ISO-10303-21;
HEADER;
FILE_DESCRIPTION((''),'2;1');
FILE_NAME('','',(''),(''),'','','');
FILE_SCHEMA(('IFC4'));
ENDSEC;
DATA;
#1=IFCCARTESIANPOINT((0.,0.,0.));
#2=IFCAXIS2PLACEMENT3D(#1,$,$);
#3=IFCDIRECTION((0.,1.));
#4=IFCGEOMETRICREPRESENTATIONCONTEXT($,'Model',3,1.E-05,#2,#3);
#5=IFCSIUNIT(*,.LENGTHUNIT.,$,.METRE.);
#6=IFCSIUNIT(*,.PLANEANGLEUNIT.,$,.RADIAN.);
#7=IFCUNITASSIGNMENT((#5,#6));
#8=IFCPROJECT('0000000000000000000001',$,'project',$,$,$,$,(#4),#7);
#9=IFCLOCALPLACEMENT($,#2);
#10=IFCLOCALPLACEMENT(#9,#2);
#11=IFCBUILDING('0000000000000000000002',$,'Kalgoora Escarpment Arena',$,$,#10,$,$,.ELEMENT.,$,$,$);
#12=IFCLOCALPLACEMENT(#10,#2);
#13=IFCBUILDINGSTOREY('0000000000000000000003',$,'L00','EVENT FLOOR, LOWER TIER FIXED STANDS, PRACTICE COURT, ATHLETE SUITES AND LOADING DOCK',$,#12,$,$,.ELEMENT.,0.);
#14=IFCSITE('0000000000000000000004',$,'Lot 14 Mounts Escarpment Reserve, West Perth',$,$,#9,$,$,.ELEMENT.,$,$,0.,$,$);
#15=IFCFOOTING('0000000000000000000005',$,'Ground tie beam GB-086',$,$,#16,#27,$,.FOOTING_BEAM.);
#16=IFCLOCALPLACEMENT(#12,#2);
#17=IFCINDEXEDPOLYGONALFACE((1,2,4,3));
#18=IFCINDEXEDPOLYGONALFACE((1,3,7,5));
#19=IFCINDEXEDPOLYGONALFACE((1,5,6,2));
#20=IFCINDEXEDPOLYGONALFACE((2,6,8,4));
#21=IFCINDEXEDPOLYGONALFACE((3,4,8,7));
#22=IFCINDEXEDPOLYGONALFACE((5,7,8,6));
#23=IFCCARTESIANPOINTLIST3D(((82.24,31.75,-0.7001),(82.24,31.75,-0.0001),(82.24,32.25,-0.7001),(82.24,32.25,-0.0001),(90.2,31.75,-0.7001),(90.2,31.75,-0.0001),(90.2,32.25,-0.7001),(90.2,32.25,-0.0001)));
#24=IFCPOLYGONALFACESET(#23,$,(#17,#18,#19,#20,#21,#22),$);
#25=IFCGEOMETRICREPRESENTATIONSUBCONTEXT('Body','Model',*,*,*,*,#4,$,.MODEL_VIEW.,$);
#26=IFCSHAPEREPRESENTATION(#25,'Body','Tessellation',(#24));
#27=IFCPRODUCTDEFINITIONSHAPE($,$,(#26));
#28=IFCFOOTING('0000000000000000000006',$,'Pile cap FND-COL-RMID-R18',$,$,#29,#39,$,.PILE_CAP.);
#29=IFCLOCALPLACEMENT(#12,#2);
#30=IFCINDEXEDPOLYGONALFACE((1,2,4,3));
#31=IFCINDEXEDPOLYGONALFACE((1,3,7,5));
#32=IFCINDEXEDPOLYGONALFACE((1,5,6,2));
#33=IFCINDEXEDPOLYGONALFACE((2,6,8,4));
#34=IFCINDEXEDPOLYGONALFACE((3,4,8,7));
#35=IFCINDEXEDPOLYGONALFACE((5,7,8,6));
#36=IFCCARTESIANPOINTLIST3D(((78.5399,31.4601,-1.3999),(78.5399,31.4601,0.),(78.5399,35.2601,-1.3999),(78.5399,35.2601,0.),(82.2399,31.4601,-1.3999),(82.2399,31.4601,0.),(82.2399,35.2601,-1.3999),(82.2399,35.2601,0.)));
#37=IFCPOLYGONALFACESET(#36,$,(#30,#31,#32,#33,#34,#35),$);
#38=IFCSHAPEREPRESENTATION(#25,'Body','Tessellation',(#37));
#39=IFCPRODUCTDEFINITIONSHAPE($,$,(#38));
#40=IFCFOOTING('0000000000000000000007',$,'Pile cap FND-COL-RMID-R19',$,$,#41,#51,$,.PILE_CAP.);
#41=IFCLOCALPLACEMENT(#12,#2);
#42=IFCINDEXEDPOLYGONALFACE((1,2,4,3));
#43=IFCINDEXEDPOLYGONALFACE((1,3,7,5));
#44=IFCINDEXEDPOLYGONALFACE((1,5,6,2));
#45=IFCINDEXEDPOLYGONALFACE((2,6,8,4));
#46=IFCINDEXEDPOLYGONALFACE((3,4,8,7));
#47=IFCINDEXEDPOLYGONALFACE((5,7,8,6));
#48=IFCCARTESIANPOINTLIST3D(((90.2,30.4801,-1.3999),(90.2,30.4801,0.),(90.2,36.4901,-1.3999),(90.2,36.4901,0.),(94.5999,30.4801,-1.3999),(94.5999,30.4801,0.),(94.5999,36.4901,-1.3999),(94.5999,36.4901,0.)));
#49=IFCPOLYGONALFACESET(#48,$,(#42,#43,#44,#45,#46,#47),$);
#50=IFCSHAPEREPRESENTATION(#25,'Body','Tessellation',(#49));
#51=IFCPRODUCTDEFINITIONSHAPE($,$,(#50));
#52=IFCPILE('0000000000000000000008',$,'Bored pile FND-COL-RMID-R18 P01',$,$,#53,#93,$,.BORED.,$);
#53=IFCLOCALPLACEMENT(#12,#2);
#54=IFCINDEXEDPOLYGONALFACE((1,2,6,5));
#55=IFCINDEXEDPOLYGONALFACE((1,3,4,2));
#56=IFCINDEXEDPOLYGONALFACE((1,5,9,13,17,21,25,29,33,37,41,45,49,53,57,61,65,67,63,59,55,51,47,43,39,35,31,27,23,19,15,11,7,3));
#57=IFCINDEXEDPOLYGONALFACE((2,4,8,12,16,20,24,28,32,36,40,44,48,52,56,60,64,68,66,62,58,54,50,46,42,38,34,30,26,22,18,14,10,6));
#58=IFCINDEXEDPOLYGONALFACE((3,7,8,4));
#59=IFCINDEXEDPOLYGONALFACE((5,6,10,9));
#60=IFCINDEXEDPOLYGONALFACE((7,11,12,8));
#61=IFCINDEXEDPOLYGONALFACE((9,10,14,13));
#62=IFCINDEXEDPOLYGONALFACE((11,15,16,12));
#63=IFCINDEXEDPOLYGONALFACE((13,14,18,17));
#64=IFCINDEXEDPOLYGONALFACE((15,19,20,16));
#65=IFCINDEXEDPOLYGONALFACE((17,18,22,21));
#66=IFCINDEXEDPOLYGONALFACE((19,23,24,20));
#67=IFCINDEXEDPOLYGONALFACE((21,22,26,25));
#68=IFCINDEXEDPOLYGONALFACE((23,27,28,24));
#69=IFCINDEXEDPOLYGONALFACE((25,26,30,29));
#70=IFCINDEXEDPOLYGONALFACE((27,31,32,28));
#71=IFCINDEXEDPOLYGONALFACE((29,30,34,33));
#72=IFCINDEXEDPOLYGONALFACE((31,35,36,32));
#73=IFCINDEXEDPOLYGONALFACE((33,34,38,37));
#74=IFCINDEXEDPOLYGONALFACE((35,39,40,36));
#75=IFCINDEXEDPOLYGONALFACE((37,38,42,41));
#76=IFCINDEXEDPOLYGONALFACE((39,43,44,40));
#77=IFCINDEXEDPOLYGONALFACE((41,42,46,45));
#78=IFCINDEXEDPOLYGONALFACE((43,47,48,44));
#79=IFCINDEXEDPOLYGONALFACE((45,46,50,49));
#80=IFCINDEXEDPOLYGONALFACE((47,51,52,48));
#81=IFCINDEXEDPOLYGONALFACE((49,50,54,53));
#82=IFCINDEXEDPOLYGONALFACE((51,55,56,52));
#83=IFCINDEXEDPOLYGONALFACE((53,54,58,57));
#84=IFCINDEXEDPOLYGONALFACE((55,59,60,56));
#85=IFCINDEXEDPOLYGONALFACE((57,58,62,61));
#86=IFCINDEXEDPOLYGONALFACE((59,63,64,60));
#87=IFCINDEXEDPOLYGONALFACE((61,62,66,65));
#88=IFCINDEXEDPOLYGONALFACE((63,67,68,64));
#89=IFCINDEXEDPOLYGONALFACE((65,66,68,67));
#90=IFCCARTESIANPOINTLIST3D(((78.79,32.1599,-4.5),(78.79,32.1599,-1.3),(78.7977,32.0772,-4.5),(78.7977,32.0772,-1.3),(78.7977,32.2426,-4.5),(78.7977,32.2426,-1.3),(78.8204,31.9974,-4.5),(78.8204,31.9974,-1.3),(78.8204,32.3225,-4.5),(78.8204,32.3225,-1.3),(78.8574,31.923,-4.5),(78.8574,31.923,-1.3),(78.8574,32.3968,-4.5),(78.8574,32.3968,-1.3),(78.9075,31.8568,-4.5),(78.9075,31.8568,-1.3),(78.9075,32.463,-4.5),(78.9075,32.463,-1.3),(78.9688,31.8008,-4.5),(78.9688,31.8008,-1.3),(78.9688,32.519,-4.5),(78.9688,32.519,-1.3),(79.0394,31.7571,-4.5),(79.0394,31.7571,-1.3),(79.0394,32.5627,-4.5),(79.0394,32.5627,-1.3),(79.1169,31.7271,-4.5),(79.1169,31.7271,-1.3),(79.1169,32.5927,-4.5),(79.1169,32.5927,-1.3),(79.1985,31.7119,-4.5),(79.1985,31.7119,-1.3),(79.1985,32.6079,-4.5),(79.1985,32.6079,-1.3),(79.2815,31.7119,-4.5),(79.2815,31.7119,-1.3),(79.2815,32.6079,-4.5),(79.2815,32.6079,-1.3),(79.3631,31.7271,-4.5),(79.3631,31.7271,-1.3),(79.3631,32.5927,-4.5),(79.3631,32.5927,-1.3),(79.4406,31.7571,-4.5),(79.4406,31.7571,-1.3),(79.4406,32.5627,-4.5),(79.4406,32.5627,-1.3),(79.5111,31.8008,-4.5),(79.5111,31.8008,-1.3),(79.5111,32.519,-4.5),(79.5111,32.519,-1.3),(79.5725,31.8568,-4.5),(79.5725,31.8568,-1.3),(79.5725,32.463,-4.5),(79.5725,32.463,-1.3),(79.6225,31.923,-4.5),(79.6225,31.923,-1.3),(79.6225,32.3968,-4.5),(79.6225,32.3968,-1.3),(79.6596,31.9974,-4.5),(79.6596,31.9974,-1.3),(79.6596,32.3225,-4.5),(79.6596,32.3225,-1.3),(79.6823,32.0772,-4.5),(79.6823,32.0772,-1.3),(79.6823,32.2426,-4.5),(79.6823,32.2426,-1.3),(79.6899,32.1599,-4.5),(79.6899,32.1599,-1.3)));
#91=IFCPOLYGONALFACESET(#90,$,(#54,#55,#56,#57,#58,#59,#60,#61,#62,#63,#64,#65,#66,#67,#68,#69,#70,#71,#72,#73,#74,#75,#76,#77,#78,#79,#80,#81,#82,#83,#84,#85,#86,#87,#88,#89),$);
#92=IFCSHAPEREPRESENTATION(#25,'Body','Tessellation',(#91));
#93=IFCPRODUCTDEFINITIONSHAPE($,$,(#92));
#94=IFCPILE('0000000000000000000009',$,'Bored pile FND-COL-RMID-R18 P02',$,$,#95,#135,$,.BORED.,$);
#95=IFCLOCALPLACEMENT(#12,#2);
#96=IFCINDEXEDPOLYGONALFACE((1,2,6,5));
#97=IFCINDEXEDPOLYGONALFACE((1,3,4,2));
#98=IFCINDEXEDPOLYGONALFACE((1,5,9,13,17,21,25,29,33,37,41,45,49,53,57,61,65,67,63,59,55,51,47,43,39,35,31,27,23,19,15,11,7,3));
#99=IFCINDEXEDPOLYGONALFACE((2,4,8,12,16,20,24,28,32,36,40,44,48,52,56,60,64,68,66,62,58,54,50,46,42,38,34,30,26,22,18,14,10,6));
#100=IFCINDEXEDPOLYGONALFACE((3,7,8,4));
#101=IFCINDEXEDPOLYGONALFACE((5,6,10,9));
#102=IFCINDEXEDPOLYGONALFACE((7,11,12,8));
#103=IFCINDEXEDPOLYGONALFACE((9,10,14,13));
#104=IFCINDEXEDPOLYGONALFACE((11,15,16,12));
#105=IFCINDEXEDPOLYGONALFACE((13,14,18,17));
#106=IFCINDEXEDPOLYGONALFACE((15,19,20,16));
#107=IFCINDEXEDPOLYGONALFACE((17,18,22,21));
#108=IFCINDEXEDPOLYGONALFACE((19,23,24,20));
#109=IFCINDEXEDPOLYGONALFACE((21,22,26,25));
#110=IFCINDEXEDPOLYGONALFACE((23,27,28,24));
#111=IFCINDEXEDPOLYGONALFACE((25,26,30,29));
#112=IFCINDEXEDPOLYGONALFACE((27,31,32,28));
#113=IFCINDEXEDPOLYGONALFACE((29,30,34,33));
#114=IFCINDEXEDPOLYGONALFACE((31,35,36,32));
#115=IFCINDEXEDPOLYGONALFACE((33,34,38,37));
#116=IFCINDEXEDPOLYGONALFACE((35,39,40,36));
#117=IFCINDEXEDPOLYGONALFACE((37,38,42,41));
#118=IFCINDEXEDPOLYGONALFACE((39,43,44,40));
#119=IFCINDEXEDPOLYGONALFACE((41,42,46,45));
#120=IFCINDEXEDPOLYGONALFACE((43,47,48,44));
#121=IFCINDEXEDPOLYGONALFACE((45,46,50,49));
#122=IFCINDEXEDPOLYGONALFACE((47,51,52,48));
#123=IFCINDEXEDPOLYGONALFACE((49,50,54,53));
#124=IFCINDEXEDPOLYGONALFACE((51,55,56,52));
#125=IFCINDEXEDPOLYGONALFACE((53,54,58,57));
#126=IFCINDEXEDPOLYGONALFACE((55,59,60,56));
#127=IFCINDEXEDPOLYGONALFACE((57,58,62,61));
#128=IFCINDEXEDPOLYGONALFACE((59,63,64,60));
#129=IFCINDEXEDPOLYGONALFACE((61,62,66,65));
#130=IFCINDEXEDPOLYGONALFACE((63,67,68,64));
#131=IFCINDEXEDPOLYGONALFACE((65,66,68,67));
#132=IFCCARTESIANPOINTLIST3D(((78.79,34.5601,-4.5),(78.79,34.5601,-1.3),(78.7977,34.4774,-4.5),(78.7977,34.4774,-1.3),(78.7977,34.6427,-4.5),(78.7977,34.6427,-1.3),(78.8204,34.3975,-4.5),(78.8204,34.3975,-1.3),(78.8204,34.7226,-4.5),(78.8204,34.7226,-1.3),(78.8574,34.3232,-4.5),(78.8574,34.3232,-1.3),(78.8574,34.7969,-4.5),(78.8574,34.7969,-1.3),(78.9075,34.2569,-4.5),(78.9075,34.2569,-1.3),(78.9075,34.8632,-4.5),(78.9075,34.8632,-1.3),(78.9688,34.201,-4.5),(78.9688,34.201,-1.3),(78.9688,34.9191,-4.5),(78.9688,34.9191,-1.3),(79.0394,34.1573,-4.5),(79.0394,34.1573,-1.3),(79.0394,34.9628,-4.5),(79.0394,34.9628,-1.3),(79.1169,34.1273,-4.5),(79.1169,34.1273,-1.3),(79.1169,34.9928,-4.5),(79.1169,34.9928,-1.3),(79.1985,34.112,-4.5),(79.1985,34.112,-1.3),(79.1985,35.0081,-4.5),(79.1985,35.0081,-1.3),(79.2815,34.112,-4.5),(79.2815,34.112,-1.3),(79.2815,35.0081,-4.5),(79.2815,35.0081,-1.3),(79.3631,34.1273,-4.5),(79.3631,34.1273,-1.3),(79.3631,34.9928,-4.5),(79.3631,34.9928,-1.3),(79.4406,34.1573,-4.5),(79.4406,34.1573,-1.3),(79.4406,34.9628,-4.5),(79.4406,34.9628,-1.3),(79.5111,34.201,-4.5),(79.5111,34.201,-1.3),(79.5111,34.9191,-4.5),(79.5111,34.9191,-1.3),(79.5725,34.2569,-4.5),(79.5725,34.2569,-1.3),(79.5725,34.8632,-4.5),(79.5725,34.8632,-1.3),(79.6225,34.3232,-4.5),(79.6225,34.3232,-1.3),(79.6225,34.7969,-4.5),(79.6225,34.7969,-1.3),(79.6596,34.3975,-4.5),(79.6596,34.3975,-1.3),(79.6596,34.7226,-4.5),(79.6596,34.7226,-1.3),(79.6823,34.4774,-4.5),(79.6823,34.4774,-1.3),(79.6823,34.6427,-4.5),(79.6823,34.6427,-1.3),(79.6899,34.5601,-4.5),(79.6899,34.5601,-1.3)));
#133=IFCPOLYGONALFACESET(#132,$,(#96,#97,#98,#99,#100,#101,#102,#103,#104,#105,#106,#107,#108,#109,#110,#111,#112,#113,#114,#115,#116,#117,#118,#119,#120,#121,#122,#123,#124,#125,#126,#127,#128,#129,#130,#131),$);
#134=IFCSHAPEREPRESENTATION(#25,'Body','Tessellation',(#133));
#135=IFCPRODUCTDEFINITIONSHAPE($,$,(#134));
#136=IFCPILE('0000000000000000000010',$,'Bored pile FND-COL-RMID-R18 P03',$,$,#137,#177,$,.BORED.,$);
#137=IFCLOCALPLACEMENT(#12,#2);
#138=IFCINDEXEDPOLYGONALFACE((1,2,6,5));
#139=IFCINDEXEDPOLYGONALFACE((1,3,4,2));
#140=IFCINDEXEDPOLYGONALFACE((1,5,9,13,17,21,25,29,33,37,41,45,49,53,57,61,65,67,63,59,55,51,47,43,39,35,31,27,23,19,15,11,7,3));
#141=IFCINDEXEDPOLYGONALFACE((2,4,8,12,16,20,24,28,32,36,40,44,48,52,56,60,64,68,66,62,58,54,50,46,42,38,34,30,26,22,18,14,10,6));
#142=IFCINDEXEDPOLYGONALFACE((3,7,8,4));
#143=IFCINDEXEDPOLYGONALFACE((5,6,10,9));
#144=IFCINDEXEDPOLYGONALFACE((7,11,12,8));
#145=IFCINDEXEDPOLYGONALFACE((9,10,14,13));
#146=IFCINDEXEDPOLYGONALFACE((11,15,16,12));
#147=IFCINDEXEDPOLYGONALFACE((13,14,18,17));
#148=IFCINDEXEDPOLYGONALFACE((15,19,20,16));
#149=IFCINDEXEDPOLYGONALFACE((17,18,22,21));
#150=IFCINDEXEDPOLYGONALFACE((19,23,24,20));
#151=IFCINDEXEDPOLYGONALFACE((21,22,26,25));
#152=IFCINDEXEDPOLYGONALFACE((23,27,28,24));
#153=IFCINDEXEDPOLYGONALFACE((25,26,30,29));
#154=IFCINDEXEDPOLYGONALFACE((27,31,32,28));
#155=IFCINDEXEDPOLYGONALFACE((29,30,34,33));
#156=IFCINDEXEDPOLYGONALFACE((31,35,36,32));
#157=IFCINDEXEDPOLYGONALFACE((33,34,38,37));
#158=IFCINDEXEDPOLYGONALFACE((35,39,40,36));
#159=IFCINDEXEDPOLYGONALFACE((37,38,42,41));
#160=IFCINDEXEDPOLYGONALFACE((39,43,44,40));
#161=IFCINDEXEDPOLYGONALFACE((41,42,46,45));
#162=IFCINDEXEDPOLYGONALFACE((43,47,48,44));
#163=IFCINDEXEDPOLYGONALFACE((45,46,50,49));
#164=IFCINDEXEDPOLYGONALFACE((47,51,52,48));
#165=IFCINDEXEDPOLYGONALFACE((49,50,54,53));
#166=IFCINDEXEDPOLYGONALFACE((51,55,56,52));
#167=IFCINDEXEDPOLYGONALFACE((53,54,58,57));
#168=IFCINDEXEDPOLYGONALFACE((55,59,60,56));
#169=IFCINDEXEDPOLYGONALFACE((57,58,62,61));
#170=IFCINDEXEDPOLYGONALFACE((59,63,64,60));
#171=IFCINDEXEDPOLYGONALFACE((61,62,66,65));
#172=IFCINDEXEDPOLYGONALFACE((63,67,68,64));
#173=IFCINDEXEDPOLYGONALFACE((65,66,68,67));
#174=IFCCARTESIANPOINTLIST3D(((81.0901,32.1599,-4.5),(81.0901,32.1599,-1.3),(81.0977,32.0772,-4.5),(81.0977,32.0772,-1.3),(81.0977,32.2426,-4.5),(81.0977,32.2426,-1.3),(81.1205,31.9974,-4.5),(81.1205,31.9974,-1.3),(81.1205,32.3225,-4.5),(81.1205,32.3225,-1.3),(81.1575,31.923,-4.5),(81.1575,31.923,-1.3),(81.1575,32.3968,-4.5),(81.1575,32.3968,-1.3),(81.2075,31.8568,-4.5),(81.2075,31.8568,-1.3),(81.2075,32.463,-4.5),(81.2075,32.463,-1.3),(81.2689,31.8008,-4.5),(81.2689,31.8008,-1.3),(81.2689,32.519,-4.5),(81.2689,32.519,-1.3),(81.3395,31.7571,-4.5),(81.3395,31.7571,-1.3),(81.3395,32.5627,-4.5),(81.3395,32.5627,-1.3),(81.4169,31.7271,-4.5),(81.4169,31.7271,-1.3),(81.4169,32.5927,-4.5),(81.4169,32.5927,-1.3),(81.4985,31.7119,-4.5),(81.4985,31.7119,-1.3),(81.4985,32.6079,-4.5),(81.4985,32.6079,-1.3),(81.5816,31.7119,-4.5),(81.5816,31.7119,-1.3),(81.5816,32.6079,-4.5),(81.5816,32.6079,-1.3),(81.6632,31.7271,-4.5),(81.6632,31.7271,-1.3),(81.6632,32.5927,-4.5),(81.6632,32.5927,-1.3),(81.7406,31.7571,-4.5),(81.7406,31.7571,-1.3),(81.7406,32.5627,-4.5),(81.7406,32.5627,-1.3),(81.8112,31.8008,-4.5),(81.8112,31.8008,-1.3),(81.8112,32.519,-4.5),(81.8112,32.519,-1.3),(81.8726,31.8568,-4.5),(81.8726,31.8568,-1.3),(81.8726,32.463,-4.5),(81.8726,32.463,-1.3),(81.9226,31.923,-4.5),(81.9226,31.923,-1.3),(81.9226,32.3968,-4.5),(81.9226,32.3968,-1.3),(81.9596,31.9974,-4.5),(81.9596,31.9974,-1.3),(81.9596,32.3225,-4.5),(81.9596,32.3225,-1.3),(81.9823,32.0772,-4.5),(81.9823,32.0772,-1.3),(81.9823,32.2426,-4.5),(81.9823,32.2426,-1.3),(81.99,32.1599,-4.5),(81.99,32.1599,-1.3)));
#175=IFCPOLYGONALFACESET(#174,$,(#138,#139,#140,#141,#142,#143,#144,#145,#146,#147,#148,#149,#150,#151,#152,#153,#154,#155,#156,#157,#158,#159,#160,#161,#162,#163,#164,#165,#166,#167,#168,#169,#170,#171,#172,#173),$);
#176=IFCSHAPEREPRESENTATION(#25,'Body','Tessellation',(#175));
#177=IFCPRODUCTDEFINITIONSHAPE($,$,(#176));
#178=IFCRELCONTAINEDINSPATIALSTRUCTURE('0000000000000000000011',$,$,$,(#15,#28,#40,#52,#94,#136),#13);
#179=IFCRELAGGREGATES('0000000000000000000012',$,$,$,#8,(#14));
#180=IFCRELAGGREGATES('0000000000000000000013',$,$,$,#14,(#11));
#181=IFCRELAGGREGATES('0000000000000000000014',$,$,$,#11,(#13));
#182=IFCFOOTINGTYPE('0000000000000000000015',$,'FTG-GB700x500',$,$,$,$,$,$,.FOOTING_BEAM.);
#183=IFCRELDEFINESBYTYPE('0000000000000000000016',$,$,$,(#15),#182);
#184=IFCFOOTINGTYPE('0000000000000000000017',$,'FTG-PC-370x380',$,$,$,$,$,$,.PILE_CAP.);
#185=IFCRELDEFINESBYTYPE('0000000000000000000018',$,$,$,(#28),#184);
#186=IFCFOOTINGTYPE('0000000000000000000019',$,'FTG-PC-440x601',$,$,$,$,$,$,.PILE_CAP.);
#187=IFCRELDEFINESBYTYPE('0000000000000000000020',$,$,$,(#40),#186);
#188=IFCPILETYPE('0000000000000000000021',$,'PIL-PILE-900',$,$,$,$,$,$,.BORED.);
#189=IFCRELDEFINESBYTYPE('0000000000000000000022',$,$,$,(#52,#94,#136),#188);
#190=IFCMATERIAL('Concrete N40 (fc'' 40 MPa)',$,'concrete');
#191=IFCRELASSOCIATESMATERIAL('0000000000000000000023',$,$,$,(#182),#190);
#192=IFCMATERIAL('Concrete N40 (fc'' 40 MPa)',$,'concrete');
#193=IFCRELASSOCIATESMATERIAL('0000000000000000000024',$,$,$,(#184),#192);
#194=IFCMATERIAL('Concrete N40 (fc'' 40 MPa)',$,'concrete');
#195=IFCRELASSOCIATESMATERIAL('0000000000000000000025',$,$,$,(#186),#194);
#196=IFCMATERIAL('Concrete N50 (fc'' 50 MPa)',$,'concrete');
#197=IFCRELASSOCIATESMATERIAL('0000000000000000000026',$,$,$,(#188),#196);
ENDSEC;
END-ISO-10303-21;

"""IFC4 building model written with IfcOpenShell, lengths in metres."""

from ifc_helpers import new_model, si_unit, direction, frame, origin, origin_2d, place, context, subcontext, project, spatial, rectangle, circle, extrude, material, material_profile, profile_set, type_object, element, save


model = new_model("IFC4")

# Units and contexts
model_context = context("Model", 3, precision=1e-05, world=origin(), true_north=direction((0.0, 1.0)))
body_context = subcontext(model_context, "Body", "Model", "MODEL_VIEW")
ifc_project = project(units=[si_unit("LENGTHUNIT", "METRE"), si_unit("PLANEANGLEUNIT", "RADIAN")], contexts=[model_context])

# Site, building, storey
site_placement = place(None, origin())
site = spatial("IfcSite", under=ifc_project, at=site_placement, Name="Lot 14 Mounts Escarpment Reserve, West Perth", CompositionType="ELEMENT", RefElevation=0.0)
building_placement = place(site_placement, origin())
building = spatial("IfcBuilding", under=site, at=building_placement, Name="Kalgoora Escarpment Arena", CompositionType="ELEMENT")
storey_placement = place(building_placement, origin())
storey = spatial("IfcBuildingStorey", under=building, at=storey_placement, Name="L00", Description="EVENT FLOOR, LOWER TIER FIXED STANDS, PRACTICE COURT, ATHLETE SUITES AND LOADING DOCK", CompositionType="ELEMENT", Elevation=0.0)

# Footings
ifc_material_1 = material(Name="Concrete N40 (fc' 40 MPa)", Category="concrete")
ifc_material_profile_1 = material_profile(ifc_material_1, rectangle(XDim=0.5, YDim=0.7, at=origin_2d()))
ifc_profile_set_1 = profile_set([ifc_material_profile_1], Name="Concrete N40 (fc' 40 MPa)")
footing_type_1 = type_object("IfcFootingType", Name="FTG-GB700x500", PredefinedType="FOOTING_BEAM", material=ifc_profile_set_1)
footing_1_placement = place(storey_placement, frame((82.24, 32.0, -0.3501), z_axis=(1.0, 0.0, 0.0), x_axis=(0.0, 1.0, 0.0)))
element("IfcFooting", 1, at=footing_1_placement, inside=storey, type_object=footing_type_1, Name="Ground tie beam GB-086", PredefinedType="FOOTING_BEAM", context=body_context, shape_type="SweptSolid", body=[
    extrude(rectangle(XDim=0.5, YDim=0.7, at=origin_2d()), origin(), (0.0, 0.0, 1.0), 7.96),
])
ifc_material_2 = material(Name="Concrete N40 (fc' 40 MPa)", Category="concrete")
footing_type_2 = type_object("IfcFootingType", Name="FTG-PC-370x380", PredefinedType="PILE_CAP", material=ifc_material_2)
footing_2_placement = place(storey_placement, frame((80.3899, 33.3601, -1.3999), z_axis=(0.0, 0.0, 1.0), x_axis=(1.0, 0.0, 0.0)))
element("IfcFooting", 2, at=footing_2_placement, inside=storey, type_object=footing_type_2, Name="Pile cap FND-COL-RMID-R18", PredefinedType="PILE_CAP", context=body_context, shape_type="SweptSolid", body=[
    extrude(rectangle(XDim=3.7, YDim=3.8, at=origin_2d()), origin(), (0.0, 0.0, 1.0), 1.3999),
])
ifc_material_3 = material(Name="Concrete N40 (fc' 40 MPa)", Category="concrete")
footing_type_3 = type_object("IfcFootingType", Name="FTG-PC-440x601", PredefinedType="PILE_CAP", material=ifc_material_3)
footing_3_placement = place(storey_placement, frame((92.3999, 33.4851, -1.3999), z_axis=(0.0, 0.0, 1.0), x_axis=(1.0, 0.0, 0.0)))
element("IfcFooting", 3, at=footing_3_placement, inside=storey, type_object=footing_type_3, Name="Pile cap FND-COL-RMID-R19", PredefinedType="PILE_CAP", context=body_context, shape_type="SweptSolid", body=[
    extrude(rectangle(XDim=4.3999, YDim=6.01, at=origin_2d()), origin(), (0.0, 0.0, 1.0), 1.3999),
])

# Piles
ifc_material_4 = material(Name="Concrete N50 (fc' 50 MPa)", Category="concrete")
ifc_material_profile_2 = material_profile(ifc_material_4, circle(Radius=0.45, at=origin_2d()))
ifc_profile_set_2 = profile_set([ifc_material_profile_2], Name="Concrete N50 (fc' 50 MPa)")
pile_type = type_object("IfcPileType", Name="PIL-PILE-900", PredefinedType="BORED", material=ifc_profile_set_2)
for number, where, z_axis, x_axis, name in (
    (4, (79.24, 32.1599, -1.3), (0.0, 0.0, -1.0), (1.0, 0.0, 0.0), "Bored pile FND-COL-RMID-R18 P01"),
    (5, (79.24, 34.5601, -1.3), (0.0, 0.0, -1.0), (1.0, 0.0, 0.0), "Bored pile FND-COL-RMID-R18 P02"),
    (6, (81.54, 32.1599, -1.3), (0.0, 0.0, -1.0), (1.0, 0.0, 0.0), "Bored pile FND-COL-RMID-R18 P03"),
):
    element("IfcPile", number, at=place(storey_placement, frame(where, z_axis=z_axis, x_axis=x_axis)), inside=storey, type_object=pile_type, Name=name, PredefinedType="BORED", context=body_context, shape_type="SweptSolid", body=[
        extrude(circle(Radius=0.45, at=origin_2d()), origin(), (0.0, 0.0, 1.0), 3.2),
    ])

save(model, "model.ifc")
